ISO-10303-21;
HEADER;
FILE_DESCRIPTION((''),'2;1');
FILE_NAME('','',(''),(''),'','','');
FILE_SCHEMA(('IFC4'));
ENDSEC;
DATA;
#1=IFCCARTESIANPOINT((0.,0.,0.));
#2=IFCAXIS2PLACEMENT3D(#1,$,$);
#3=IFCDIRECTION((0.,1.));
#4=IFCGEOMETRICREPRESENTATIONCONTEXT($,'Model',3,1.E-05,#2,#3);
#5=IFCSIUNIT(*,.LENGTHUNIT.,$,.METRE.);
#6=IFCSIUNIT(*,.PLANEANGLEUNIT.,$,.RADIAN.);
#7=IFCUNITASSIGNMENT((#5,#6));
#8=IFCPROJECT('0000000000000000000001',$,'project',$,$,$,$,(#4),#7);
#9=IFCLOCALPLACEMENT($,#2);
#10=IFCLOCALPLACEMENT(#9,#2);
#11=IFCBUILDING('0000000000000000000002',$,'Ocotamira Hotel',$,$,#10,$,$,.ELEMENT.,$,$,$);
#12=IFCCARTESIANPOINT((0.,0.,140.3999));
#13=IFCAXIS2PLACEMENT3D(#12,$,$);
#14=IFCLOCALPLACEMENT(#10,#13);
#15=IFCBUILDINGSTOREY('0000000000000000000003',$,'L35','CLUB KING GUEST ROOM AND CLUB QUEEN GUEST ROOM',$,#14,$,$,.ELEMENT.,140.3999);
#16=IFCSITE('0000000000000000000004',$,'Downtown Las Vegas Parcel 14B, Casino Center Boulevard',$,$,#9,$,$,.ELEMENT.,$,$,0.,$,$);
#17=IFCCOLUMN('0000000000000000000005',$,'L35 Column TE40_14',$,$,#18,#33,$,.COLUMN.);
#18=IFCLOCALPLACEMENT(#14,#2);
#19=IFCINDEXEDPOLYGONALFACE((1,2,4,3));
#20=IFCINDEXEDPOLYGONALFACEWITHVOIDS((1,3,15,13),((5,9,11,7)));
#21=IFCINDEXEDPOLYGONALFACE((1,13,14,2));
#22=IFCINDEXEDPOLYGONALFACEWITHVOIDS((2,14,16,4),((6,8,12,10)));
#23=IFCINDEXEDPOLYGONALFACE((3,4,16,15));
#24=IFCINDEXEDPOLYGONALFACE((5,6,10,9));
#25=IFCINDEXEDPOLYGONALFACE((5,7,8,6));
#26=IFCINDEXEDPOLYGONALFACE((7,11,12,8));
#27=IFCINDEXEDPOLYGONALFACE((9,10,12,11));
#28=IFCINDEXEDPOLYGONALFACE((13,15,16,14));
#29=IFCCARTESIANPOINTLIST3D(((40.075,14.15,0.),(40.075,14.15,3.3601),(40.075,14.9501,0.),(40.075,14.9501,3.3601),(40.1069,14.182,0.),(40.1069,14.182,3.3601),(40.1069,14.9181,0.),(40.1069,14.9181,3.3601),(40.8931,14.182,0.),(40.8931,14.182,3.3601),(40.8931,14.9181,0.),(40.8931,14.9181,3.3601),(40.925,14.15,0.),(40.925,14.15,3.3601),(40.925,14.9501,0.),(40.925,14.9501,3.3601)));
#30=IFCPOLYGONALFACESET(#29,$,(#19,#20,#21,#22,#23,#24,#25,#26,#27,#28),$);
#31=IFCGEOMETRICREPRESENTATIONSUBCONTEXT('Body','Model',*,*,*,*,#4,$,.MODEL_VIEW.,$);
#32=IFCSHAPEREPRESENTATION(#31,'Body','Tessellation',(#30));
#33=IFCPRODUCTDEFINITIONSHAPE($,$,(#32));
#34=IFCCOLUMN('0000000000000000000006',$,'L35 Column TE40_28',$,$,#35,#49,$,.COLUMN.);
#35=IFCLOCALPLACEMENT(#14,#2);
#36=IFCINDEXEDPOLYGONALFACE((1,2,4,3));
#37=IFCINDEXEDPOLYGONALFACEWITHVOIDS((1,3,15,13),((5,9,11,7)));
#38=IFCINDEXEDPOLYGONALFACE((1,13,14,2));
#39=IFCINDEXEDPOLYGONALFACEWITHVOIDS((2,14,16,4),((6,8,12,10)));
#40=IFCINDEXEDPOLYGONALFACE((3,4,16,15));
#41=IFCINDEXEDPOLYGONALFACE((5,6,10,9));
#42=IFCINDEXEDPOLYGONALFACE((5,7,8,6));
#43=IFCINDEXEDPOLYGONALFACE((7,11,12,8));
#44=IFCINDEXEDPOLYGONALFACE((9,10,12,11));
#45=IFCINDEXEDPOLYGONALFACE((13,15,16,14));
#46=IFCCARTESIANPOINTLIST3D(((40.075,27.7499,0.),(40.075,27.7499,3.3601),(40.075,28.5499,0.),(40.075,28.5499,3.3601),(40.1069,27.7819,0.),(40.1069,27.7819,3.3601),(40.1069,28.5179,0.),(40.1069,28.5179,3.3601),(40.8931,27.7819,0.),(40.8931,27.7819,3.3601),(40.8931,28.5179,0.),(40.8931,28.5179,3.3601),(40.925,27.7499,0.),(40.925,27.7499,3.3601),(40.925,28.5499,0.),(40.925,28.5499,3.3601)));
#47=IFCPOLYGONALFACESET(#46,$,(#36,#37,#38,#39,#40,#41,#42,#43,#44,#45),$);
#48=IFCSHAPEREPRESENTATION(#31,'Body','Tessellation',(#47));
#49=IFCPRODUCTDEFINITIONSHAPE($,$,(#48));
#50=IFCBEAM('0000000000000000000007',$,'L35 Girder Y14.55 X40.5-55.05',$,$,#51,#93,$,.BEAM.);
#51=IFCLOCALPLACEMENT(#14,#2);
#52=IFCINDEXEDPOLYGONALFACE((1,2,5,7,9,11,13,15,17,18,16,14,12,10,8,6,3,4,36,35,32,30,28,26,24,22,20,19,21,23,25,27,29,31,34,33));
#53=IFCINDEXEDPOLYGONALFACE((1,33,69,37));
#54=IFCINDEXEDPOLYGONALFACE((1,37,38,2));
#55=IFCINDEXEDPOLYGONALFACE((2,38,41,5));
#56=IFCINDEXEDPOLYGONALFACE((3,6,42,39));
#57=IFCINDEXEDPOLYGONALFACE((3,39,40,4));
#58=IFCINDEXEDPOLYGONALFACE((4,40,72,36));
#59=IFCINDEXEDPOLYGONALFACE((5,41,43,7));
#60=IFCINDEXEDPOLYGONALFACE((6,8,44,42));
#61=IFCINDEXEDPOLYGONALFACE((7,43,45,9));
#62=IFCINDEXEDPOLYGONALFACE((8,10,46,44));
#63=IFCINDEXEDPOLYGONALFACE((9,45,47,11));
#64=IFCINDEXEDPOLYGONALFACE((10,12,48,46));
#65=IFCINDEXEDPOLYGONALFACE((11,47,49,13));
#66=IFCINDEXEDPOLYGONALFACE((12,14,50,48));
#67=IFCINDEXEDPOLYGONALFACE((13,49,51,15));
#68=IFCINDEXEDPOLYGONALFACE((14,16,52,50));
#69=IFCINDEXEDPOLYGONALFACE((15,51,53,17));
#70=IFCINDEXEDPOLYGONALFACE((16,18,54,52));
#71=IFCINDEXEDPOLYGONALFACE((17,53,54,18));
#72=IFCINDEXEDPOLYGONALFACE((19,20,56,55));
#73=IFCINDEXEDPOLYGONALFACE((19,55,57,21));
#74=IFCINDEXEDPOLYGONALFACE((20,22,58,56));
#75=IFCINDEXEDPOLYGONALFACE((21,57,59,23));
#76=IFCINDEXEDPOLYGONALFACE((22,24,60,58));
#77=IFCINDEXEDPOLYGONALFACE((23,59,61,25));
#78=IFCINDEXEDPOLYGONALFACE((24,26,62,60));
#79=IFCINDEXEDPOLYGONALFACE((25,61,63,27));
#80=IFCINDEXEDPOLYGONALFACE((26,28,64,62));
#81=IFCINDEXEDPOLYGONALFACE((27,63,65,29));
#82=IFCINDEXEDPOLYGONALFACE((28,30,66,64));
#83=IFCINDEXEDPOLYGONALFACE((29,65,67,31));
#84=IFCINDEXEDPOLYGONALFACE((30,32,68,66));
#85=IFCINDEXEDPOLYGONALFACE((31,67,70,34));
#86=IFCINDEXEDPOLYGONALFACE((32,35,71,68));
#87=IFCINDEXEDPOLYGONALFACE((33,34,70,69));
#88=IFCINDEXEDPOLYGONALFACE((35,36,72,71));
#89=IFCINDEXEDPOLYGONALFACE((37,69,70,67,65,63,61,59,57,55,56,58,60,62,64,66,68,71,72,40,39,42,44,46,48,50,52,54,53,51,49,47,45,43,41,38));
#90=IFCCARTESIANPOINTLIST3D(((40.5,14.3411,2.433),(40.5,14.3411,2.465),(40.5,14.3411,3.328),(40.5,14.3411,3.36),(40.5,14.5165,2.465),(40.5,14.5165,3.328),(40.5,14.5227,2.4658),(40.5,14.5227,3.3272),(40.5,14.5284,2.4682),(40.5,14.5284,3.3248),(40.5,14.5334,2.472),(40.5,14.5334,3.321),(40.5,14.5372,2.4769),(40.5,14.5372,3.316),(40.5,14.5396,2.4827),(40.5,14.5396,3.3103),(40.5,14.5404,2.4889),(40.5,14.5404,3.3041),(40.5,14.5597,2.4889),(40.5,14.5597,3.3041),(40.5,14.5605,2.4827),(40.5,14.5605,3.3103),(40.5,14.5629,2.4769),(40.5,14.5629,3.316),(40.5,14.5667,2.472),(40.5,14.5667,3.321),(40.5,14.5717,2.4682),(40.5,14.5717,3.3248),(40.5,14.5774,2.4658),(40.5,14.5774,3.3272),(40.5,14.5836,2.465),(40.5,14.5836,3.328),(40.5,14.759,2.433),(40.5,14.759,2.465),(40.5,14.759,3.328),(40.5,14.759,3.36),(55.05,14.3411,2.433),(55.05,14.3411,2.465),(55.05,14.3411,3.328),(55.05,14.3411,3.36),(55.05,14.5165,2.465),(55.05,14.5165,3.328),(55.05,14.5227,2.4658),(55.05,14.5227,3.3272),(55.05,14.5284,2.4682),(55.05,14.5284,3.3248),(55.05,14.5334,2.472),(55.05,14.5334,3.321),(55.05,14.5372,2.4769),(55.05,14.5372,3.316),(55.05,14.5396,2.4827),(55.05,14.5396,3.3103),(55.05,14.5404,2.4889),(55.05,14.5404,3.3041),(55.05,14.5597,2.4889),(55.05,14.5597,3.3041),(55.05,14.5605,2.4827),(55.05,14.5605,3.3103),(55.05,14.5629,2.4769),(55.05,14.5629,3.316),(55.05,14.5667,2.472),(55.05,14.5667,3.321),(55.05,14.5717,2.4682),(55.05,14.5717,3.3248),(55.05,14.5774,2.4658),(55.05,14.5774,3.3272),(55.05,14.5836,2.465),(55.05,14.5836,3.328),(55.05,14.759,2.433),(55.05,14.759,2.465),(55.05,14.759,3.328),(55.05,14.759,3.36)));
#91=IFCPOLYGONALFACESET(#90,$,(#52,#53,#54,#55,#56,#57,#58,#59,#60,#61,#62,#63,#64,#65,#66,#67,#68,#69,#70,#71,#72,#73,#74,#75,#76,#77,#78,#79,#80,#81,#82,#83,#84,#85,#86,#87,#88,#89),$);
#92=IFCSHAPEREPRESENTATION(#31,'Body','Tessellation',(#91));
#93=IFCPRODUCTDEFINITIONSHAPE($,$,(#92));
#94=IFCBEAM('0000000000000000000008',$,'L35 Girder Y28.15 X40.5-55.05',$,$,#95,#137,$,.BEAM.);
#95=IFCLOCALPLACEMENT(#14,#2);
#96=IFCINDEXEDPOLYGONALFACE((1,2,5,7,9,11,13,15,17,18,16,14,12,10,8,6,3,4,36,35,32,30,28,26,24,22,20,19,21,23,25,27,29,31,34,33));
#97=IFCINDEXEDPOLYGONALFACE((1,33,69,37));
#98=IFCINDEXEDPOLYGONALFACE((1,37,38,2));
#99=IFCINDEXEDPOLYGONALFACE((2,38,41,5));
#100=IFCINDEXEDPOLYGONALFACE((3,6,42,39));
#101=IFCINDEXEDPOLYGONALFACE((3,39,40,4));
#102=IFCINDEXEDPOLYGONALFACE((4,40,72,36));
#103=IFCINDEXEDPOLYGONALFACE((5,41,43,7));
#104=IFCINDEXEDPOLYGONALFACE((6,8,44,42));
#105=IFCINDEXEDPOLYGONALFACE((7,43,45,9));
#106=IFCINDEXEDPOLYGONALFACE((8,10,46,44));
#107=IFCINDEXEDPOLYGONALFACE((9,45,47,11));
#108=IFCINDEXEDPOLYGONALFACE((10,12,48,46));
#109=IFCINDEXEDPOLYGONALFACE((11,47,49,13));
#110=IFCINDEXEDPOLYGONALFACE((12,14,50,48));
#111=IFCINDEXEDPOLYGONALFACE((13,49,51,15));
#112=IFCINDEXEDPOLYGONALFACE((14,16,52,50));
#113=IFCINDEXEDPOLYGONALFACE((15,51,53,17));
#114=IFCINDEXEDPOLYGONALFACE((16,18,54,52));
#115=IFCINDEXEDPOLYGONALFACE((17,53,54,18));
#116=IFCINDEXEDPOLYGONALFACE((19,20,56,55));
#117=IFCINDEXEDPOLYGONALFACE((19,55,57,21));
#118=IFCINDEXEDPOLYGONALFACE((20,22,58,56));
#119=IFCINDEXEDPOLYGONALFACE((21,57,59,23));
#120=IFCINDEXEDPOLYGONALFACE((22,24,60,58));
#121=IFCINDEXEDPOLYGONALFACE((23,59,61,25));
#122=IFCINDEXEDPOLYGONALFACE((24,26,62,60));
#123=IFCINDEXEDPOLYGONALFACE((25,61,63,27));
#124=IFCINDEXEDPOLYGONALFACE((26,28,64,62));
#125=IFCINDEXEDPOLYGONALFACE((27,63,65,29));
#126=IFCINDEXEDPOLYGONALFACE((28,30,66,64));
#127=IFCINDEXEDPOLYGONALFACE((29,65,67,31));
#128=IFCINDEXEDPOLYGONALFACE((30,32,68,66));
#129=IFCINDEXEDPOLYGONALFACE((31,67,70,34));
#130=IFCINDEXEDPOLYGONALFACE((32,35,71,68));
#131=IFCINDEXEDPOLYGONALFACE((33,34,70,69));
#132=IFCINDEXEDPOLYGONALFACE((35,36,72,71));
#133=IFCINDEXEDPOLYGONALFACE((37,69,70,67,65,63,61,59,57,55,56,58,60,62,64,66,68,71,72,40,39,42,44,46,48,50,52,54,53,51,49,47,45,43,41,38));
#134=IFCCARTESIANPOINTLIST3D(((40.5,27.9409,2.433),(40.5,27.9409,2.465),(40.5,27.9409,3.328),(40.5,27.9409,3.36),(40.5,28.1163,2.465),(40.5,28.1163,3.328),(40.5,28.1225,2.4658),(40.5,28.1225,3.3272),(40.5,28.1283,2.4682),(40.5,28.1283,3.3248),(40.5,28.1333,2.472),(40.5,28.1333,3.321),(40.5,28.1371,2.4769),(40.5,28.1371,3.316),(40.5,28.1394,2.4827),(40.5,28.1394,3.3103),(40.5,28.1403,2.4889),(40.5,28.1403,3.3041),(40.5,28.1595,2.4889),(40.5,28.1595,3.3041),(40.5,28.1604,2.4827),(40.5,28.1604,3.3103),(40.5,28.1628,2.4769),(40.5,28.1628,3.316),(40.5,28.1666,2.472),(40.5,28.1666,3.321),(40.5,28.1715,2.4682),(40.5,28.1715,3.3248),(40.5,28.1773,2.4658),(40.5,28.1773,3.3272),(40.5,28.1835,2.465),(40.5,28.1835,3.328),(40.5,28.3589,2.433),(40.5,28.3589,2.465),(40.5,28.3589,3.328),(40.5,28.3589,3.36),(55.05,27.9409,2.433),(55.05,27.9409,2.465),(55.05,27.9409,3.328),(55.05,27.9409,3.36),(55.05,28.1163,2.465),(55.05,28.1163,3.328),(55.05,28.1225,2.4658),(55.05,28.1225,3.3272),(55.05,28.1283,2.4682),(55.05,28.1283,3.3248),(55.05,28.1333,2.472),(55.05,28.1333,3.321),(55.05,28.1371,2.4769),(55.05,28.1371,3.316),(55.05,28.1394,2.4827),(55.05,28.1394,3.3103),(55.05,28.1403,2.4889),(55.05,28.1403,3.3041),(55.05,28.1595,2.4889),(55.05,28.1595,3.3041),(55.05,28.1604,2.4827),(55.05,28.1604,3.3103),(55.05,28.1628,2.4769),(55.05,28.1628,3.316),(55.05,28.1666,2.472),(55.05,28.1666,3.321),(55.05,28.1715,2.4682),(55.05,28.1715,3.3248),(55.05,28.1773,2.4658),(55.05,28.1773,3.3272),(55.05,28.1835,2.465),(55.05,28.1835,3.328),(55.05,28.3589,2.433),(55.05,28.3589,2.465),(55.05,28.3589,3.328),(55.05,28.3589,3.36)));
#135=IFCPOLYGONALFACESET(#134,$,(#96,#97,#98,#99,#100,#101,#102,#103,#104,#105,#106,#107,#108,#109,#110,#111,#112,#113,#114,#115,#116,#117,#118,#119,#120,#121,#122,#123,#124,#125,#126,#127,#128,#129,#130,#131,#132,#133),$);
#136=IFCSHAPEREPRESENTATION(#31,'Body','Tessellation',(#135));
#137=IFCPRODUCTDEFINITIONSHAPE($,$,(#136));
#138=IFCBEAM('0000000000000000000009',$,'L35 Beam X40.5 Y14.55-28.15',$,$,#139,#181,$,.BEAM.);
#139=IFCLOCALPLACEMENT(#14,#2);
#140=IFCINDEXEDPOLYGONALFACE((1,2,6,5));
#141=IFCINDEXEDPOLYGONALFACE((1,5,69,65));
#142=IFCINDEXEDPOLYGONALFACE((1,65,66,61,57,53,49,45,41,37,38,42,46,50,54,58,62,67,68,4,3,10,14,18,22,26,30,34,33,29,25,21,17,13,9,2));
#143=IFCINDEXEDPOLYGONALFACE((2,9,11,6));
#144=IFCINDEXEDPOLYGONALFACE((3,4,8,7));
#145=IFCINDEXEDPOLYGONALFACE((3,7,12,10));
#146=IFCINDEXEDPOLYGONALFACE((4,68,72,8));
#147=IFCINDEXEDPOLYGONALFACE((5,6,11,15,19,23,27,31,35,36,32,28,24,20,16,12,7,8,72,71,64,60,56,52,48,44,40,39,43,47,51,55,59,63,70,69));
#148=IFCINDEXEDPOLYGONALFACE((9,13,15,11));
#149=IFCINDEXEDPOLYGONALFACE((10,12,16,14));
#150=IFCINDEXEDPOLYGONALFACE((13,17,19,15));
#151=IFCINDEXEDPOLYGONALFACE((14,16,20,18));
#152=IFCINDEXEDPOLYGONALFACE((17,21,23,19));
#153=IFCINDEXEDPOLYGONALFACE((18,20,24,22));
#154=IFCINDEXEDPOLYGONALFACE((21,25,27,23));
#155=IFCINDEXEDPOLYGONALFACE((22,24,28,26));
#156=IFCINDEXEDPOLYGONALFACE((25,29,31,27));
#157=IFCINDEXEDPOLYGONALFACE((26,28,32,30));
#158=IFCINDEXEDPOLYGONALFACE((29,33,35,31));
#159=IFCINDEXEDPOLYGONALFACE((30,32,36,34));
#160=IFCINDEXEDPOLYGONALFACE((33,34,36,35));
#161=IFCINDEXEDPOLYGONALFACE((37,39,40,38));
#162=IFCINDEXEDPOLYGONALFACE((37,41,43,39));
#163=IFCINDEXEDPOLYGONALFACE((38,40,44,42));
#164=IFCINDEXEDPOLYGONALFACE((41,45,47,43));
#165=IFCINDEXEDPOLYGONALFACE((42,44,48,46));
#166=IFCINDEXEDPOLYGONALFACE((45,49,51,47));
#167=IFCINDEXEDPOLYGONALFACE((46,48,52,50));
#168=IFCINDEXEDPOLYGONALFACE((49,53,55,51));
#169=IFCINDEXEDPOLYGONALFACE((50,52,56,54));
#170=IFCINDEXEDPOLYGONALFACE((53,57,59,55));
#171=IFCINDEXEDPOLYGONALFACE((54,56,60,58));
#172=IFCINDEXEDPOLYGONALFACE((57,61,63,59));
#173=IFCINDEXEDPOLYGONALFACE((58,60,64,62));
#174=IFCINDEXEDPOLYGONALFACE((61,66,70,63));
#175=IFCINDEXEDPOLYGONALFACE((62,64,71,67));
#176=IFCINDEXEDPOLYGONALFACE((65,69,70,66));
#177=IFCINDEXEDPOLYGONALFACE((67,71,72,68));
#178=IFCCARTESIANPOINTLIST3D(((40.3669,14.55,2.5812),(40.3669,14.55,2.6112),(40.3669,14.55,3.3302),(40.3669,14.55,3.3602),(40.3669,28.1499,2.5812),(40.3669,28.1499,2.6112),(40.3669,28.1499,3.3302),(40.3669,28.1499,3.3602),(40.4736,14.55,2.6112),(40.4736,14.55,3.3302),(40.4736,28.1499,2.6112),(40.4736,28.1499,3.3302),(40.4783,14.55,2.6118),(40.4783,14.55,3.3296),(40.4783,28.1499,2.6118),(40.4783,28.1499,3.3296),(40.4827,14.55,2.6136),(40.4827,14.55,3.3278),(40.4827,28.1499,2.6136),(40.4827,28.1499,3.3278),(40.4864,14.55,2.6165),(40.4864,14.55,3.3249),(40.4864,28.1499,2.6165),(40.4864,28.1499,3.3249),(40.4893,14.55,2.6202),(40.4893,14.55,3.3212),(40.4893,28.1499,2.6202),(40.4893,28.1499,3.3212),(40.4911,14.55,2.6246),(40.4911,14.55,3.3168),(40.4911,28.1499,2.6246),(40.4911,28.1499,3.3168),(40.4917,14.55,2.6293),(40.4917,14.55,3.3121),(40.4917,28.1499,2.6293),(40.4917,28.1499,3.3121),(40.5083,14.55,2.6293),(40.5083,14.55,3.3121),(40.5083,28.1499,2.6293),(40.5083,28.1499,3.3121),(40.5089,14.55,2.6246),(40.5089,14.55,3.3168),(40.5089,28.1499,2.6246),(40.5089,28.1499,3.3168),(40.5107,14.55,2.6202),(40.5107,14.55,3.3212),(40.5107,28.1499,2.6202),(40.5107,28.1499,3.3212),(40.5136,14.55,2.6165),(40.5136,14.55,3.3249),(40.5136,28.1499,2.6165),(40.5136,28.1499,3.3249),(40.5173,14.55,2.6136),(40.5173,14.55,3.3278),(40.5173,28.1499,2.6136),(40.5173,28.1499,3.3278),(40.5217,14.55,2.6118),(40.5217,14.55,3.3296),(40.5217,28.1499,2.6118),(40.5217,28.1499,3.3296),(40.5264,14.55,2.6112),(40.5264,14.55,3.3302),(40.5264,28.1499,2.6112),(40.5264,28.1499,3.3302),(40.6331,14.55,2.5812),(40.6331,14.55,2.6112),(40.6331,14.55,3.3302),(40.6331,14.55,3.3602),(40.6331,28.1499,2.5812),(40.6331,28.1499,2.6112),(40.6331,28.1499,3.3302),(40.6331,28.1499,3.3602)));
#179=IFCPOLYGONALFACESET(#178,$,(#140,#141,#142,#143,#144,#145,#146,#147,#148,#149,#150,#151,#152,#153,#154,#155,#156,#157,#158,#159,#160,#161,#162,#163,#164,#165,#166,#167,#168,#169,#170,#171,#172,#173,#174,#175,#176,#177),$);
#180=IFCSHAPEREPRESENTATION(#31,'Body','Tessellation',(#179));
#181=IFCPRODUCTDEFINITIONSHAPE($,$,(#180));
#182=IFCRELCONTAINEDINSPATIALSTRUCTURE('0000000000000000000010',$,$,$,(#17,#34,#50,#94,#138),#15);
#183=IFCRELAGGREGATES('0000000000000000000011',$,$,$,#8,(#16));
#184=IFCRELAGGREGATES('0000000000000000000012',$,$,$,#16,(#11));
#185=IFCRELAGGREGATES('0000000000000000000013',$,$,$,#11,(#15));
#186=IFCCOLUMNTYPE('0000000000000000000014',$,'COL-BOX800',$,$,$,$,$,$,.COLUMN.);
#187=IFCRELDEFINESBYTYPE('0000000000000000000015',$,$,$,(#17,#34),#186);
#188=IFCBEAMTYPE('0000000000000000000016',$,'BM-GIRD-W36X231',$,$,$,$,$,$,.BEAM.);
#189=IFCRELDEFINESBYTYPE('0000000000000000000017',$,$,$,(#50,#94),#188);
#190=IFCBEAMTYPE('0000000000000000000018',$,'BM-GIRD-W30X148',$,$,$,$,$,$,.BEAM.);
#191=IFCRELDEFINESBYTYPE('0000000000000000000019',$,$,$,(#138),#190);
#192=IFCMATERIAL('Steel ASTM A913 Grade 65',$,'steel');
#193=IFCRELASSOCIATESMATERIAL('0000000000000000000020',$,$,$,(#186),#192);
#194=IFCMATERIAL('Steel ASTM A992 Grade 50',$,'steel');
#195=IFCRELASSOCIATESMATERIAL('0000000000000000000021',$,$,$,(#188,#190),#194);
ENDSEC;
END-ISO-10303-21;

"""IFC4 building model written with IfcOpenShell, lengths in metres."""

from ifc_helpers import new_model, si_unit, direction, frame, origin, origin_2d, place, context, subcontext, project, spatial, hollow_rectangle, i_section, extrude, source, transform, mapped, material, material_profile, profile_set, type_object, element, save


model = new_model("IFC4")

# Units and contexts
model_context = context("Model", 3, precision=1e-05, world=origin(), true_north=direction((0.0, 1.0)))
body_context = subcontext(model_context, "Body", "Model", "MODEL_VIEW")
ifc_project = project(units=[si_unit("LENGTHUNIT", "METRE"), si_unit("PLANEANGLEUNIT", "RADIAN")], contexts=[model_context])

# Site, building, storey
site_placement = place(None, origin())
site = spatial("IfcSite", under=ifc_project, at=site_placement, Name="Downtown Las Vegas Parcel 14B, Casino Center Boulevard", CompositionType="ELEMENT", RefElevation=0.0)
building_placement = place(site_placement, origin())
building = spatial("IfcBuilding", under=site, at=building_placement, Name="Ocotamira Hotel", CompositionType="ELEMENT")
storey_placement = place(building_placement, frame((0.0, 0.0, 140.3999)))
storey = spatial("IfcBuildingStorey", under=building, at=storey_placement, Name="L35", Description="CLUB KING GUEST ROOM AND CLUB QUEEN GUEST ROOM", CompositionType="ELEMENT", Elevation=140.3999)

# Columns
ifc_material_1 = material(Name="Steel ASTM A913 Grade 65", Category="steel")
ifc_material_profile_1 = material_profile(ifc_material_1, hollow_rectangle(XDim=0.8501, YDim=0.8, WallThickness=0.032, at=origin_2d()), Name="BOX800X850X32")
ifc_profile_set_1 = profile_set([ifc_material_profile_1], Name="Steel ASTM A913 Grade 65")
column_type = type_object("IfcColumnType", Name="COL-BOX800", PredefinedType="COLUMN", material=ifc_profile_set_1)
shared_shape_1 = source(origin(), body_context, "Body", "SweptSolid", [
    extrude(hollow_rectangle(XDim=0.8501, YDim=0.8, WallThickness=0.032, at=origin_2d()), origin(), (0.0, 0.0, 1.0), 3.3601),
])
for number, where, z_axis, x_axis, name in (
    (1, (40.5, 14.55, 0.0), (0.0, 0.0, 1.0), (1.0, 0.0, 0.0), "L35 Column TE40_14"),
    (2, (40.5, 28.1499, 0.0), (0.0, 0.0, 1.0), (1.0, 0.0, 0.0), "L35 Column TE40_28"),
):
    element("IfcColumn", number, at=place(storey_placement, frame(where, z_axis=z_axis, x_axis=x_axis)), inside=storey, type_object=column_type, Name=name, PredefinedType="COLUMN", context=body_context, shape_type="MappedRepresentation", body=[
        mapped(shared_shape_1, transform((0.0, 0.0, 0.0), scale=1.0)),
    ])

# Beams
ifc_material_2 = material(Name="Steel ASTM A992 Grade 50", Category="steel")
ifc_material_profile_2 = material_profile(ifc_material_2, i_section(OverallWidth=0.418, OverallDepth=0.927, WebThickness=0.0193, FlangeThickness=0.032, FilletRadius=0.0239, at=origin_2d()), Name="W36X231")
ifc_profile_set_2 = profile_set([ifc_material_profile_2], Name="Steel ASTM A992 Grade 50")
beam_type_1 = type_object("IfcBeamType", Name="BM-GIRD-W36X231", PredefinedType="BEAM", material=ifc_profile_set_2)
shared_shape_2 = source(origin(), body_context, "Body", "SweptSolid", [
    extrude(i_section(OverallWidth=0.418, OverallDepth=0.927, WebThickness=0.0193, FlangeThickness=0.032, FilletRadius=0.0239, at=origin_2d()), origin(), (0.0, 0.0, 1.0), 14.55),
])
for number, where, z_axis, x_axis, name in (
    (3, (40.5, 14.55, 2.8965), (1.0, 0.0, 0.0), (0.0, 1.0, 0.0), "L35 Girder Y14.55 X40.5-55.05"),
    (4, (40.5, 28.1499, 2.8965), (1.0, 0.0, 0.0), (0.0, 1.0, 0.0), "L35 Girder Y28.15 X40.5-55.05"),
):
    element("IfcBeam", number, at=place(storey_placement, frame(where, z_axis=z_axis, x_axis=x_axis)), inside=storey, type_object=beam_type_1, Name=name, PredefinedType="BEAM", context=body_context, shape_type="MappedRepresentation", body=[
        mapped(shared_shape_2, transform((0.0, 0.0, 0.0), scale=1.0)),
    ])
ifc_material_profile_3 = material_profile(ifc_material_2, i_section(OverallWidth=0.2661, OverallDepth=0.7791, WebThickness=0.0166, FlangeThickness=0.03, FilletRadius=0.0181, at=origin_2d()), Name="W30X148")
ifc_profile_set_3 = profile_set([ifc_material_profile_3], Name="Steel ASTM A992 Grade 50")
beam_type_2 = type_object("IfcBeamType", Name="BM-GIRD-W30X148", PredefinedType="BEAM", material=ifc_profile_set_3)
shared_shape_3 = source(origin(), body_context, "Body", "SweptSolid", [
    extrude(i_section(OverallWidth=0.2661, OverallDepth=0.7791, WebThickness=0.0166, FlangeThickness=0.03, FilletRadius=0.0181, at=origin_2d()), origin(), (0.0, 0.0, 1.0), 13.5999),
])
beam_1_placement = place(storey_placement, frame((40.5, 14.55, 2.9707), z_axis=(0.0, 1.0, 0.0), x_axis=(-1.0, 0.0, 0.0)))
element("IfcBeam", 5, at=beam_1_placement, inside=storey, type_object=beam_type_2, Name="L35 Beam X40.5 Y14.55-28.15", PredefinedType="BEAM", context=body_context, shape_type="MappedRepresentation", body=[
    mapped(shared_shape_3, transform((0.0, 0.0, 0.0), scale=1.0)),
])

save(model, "model.ifc")
